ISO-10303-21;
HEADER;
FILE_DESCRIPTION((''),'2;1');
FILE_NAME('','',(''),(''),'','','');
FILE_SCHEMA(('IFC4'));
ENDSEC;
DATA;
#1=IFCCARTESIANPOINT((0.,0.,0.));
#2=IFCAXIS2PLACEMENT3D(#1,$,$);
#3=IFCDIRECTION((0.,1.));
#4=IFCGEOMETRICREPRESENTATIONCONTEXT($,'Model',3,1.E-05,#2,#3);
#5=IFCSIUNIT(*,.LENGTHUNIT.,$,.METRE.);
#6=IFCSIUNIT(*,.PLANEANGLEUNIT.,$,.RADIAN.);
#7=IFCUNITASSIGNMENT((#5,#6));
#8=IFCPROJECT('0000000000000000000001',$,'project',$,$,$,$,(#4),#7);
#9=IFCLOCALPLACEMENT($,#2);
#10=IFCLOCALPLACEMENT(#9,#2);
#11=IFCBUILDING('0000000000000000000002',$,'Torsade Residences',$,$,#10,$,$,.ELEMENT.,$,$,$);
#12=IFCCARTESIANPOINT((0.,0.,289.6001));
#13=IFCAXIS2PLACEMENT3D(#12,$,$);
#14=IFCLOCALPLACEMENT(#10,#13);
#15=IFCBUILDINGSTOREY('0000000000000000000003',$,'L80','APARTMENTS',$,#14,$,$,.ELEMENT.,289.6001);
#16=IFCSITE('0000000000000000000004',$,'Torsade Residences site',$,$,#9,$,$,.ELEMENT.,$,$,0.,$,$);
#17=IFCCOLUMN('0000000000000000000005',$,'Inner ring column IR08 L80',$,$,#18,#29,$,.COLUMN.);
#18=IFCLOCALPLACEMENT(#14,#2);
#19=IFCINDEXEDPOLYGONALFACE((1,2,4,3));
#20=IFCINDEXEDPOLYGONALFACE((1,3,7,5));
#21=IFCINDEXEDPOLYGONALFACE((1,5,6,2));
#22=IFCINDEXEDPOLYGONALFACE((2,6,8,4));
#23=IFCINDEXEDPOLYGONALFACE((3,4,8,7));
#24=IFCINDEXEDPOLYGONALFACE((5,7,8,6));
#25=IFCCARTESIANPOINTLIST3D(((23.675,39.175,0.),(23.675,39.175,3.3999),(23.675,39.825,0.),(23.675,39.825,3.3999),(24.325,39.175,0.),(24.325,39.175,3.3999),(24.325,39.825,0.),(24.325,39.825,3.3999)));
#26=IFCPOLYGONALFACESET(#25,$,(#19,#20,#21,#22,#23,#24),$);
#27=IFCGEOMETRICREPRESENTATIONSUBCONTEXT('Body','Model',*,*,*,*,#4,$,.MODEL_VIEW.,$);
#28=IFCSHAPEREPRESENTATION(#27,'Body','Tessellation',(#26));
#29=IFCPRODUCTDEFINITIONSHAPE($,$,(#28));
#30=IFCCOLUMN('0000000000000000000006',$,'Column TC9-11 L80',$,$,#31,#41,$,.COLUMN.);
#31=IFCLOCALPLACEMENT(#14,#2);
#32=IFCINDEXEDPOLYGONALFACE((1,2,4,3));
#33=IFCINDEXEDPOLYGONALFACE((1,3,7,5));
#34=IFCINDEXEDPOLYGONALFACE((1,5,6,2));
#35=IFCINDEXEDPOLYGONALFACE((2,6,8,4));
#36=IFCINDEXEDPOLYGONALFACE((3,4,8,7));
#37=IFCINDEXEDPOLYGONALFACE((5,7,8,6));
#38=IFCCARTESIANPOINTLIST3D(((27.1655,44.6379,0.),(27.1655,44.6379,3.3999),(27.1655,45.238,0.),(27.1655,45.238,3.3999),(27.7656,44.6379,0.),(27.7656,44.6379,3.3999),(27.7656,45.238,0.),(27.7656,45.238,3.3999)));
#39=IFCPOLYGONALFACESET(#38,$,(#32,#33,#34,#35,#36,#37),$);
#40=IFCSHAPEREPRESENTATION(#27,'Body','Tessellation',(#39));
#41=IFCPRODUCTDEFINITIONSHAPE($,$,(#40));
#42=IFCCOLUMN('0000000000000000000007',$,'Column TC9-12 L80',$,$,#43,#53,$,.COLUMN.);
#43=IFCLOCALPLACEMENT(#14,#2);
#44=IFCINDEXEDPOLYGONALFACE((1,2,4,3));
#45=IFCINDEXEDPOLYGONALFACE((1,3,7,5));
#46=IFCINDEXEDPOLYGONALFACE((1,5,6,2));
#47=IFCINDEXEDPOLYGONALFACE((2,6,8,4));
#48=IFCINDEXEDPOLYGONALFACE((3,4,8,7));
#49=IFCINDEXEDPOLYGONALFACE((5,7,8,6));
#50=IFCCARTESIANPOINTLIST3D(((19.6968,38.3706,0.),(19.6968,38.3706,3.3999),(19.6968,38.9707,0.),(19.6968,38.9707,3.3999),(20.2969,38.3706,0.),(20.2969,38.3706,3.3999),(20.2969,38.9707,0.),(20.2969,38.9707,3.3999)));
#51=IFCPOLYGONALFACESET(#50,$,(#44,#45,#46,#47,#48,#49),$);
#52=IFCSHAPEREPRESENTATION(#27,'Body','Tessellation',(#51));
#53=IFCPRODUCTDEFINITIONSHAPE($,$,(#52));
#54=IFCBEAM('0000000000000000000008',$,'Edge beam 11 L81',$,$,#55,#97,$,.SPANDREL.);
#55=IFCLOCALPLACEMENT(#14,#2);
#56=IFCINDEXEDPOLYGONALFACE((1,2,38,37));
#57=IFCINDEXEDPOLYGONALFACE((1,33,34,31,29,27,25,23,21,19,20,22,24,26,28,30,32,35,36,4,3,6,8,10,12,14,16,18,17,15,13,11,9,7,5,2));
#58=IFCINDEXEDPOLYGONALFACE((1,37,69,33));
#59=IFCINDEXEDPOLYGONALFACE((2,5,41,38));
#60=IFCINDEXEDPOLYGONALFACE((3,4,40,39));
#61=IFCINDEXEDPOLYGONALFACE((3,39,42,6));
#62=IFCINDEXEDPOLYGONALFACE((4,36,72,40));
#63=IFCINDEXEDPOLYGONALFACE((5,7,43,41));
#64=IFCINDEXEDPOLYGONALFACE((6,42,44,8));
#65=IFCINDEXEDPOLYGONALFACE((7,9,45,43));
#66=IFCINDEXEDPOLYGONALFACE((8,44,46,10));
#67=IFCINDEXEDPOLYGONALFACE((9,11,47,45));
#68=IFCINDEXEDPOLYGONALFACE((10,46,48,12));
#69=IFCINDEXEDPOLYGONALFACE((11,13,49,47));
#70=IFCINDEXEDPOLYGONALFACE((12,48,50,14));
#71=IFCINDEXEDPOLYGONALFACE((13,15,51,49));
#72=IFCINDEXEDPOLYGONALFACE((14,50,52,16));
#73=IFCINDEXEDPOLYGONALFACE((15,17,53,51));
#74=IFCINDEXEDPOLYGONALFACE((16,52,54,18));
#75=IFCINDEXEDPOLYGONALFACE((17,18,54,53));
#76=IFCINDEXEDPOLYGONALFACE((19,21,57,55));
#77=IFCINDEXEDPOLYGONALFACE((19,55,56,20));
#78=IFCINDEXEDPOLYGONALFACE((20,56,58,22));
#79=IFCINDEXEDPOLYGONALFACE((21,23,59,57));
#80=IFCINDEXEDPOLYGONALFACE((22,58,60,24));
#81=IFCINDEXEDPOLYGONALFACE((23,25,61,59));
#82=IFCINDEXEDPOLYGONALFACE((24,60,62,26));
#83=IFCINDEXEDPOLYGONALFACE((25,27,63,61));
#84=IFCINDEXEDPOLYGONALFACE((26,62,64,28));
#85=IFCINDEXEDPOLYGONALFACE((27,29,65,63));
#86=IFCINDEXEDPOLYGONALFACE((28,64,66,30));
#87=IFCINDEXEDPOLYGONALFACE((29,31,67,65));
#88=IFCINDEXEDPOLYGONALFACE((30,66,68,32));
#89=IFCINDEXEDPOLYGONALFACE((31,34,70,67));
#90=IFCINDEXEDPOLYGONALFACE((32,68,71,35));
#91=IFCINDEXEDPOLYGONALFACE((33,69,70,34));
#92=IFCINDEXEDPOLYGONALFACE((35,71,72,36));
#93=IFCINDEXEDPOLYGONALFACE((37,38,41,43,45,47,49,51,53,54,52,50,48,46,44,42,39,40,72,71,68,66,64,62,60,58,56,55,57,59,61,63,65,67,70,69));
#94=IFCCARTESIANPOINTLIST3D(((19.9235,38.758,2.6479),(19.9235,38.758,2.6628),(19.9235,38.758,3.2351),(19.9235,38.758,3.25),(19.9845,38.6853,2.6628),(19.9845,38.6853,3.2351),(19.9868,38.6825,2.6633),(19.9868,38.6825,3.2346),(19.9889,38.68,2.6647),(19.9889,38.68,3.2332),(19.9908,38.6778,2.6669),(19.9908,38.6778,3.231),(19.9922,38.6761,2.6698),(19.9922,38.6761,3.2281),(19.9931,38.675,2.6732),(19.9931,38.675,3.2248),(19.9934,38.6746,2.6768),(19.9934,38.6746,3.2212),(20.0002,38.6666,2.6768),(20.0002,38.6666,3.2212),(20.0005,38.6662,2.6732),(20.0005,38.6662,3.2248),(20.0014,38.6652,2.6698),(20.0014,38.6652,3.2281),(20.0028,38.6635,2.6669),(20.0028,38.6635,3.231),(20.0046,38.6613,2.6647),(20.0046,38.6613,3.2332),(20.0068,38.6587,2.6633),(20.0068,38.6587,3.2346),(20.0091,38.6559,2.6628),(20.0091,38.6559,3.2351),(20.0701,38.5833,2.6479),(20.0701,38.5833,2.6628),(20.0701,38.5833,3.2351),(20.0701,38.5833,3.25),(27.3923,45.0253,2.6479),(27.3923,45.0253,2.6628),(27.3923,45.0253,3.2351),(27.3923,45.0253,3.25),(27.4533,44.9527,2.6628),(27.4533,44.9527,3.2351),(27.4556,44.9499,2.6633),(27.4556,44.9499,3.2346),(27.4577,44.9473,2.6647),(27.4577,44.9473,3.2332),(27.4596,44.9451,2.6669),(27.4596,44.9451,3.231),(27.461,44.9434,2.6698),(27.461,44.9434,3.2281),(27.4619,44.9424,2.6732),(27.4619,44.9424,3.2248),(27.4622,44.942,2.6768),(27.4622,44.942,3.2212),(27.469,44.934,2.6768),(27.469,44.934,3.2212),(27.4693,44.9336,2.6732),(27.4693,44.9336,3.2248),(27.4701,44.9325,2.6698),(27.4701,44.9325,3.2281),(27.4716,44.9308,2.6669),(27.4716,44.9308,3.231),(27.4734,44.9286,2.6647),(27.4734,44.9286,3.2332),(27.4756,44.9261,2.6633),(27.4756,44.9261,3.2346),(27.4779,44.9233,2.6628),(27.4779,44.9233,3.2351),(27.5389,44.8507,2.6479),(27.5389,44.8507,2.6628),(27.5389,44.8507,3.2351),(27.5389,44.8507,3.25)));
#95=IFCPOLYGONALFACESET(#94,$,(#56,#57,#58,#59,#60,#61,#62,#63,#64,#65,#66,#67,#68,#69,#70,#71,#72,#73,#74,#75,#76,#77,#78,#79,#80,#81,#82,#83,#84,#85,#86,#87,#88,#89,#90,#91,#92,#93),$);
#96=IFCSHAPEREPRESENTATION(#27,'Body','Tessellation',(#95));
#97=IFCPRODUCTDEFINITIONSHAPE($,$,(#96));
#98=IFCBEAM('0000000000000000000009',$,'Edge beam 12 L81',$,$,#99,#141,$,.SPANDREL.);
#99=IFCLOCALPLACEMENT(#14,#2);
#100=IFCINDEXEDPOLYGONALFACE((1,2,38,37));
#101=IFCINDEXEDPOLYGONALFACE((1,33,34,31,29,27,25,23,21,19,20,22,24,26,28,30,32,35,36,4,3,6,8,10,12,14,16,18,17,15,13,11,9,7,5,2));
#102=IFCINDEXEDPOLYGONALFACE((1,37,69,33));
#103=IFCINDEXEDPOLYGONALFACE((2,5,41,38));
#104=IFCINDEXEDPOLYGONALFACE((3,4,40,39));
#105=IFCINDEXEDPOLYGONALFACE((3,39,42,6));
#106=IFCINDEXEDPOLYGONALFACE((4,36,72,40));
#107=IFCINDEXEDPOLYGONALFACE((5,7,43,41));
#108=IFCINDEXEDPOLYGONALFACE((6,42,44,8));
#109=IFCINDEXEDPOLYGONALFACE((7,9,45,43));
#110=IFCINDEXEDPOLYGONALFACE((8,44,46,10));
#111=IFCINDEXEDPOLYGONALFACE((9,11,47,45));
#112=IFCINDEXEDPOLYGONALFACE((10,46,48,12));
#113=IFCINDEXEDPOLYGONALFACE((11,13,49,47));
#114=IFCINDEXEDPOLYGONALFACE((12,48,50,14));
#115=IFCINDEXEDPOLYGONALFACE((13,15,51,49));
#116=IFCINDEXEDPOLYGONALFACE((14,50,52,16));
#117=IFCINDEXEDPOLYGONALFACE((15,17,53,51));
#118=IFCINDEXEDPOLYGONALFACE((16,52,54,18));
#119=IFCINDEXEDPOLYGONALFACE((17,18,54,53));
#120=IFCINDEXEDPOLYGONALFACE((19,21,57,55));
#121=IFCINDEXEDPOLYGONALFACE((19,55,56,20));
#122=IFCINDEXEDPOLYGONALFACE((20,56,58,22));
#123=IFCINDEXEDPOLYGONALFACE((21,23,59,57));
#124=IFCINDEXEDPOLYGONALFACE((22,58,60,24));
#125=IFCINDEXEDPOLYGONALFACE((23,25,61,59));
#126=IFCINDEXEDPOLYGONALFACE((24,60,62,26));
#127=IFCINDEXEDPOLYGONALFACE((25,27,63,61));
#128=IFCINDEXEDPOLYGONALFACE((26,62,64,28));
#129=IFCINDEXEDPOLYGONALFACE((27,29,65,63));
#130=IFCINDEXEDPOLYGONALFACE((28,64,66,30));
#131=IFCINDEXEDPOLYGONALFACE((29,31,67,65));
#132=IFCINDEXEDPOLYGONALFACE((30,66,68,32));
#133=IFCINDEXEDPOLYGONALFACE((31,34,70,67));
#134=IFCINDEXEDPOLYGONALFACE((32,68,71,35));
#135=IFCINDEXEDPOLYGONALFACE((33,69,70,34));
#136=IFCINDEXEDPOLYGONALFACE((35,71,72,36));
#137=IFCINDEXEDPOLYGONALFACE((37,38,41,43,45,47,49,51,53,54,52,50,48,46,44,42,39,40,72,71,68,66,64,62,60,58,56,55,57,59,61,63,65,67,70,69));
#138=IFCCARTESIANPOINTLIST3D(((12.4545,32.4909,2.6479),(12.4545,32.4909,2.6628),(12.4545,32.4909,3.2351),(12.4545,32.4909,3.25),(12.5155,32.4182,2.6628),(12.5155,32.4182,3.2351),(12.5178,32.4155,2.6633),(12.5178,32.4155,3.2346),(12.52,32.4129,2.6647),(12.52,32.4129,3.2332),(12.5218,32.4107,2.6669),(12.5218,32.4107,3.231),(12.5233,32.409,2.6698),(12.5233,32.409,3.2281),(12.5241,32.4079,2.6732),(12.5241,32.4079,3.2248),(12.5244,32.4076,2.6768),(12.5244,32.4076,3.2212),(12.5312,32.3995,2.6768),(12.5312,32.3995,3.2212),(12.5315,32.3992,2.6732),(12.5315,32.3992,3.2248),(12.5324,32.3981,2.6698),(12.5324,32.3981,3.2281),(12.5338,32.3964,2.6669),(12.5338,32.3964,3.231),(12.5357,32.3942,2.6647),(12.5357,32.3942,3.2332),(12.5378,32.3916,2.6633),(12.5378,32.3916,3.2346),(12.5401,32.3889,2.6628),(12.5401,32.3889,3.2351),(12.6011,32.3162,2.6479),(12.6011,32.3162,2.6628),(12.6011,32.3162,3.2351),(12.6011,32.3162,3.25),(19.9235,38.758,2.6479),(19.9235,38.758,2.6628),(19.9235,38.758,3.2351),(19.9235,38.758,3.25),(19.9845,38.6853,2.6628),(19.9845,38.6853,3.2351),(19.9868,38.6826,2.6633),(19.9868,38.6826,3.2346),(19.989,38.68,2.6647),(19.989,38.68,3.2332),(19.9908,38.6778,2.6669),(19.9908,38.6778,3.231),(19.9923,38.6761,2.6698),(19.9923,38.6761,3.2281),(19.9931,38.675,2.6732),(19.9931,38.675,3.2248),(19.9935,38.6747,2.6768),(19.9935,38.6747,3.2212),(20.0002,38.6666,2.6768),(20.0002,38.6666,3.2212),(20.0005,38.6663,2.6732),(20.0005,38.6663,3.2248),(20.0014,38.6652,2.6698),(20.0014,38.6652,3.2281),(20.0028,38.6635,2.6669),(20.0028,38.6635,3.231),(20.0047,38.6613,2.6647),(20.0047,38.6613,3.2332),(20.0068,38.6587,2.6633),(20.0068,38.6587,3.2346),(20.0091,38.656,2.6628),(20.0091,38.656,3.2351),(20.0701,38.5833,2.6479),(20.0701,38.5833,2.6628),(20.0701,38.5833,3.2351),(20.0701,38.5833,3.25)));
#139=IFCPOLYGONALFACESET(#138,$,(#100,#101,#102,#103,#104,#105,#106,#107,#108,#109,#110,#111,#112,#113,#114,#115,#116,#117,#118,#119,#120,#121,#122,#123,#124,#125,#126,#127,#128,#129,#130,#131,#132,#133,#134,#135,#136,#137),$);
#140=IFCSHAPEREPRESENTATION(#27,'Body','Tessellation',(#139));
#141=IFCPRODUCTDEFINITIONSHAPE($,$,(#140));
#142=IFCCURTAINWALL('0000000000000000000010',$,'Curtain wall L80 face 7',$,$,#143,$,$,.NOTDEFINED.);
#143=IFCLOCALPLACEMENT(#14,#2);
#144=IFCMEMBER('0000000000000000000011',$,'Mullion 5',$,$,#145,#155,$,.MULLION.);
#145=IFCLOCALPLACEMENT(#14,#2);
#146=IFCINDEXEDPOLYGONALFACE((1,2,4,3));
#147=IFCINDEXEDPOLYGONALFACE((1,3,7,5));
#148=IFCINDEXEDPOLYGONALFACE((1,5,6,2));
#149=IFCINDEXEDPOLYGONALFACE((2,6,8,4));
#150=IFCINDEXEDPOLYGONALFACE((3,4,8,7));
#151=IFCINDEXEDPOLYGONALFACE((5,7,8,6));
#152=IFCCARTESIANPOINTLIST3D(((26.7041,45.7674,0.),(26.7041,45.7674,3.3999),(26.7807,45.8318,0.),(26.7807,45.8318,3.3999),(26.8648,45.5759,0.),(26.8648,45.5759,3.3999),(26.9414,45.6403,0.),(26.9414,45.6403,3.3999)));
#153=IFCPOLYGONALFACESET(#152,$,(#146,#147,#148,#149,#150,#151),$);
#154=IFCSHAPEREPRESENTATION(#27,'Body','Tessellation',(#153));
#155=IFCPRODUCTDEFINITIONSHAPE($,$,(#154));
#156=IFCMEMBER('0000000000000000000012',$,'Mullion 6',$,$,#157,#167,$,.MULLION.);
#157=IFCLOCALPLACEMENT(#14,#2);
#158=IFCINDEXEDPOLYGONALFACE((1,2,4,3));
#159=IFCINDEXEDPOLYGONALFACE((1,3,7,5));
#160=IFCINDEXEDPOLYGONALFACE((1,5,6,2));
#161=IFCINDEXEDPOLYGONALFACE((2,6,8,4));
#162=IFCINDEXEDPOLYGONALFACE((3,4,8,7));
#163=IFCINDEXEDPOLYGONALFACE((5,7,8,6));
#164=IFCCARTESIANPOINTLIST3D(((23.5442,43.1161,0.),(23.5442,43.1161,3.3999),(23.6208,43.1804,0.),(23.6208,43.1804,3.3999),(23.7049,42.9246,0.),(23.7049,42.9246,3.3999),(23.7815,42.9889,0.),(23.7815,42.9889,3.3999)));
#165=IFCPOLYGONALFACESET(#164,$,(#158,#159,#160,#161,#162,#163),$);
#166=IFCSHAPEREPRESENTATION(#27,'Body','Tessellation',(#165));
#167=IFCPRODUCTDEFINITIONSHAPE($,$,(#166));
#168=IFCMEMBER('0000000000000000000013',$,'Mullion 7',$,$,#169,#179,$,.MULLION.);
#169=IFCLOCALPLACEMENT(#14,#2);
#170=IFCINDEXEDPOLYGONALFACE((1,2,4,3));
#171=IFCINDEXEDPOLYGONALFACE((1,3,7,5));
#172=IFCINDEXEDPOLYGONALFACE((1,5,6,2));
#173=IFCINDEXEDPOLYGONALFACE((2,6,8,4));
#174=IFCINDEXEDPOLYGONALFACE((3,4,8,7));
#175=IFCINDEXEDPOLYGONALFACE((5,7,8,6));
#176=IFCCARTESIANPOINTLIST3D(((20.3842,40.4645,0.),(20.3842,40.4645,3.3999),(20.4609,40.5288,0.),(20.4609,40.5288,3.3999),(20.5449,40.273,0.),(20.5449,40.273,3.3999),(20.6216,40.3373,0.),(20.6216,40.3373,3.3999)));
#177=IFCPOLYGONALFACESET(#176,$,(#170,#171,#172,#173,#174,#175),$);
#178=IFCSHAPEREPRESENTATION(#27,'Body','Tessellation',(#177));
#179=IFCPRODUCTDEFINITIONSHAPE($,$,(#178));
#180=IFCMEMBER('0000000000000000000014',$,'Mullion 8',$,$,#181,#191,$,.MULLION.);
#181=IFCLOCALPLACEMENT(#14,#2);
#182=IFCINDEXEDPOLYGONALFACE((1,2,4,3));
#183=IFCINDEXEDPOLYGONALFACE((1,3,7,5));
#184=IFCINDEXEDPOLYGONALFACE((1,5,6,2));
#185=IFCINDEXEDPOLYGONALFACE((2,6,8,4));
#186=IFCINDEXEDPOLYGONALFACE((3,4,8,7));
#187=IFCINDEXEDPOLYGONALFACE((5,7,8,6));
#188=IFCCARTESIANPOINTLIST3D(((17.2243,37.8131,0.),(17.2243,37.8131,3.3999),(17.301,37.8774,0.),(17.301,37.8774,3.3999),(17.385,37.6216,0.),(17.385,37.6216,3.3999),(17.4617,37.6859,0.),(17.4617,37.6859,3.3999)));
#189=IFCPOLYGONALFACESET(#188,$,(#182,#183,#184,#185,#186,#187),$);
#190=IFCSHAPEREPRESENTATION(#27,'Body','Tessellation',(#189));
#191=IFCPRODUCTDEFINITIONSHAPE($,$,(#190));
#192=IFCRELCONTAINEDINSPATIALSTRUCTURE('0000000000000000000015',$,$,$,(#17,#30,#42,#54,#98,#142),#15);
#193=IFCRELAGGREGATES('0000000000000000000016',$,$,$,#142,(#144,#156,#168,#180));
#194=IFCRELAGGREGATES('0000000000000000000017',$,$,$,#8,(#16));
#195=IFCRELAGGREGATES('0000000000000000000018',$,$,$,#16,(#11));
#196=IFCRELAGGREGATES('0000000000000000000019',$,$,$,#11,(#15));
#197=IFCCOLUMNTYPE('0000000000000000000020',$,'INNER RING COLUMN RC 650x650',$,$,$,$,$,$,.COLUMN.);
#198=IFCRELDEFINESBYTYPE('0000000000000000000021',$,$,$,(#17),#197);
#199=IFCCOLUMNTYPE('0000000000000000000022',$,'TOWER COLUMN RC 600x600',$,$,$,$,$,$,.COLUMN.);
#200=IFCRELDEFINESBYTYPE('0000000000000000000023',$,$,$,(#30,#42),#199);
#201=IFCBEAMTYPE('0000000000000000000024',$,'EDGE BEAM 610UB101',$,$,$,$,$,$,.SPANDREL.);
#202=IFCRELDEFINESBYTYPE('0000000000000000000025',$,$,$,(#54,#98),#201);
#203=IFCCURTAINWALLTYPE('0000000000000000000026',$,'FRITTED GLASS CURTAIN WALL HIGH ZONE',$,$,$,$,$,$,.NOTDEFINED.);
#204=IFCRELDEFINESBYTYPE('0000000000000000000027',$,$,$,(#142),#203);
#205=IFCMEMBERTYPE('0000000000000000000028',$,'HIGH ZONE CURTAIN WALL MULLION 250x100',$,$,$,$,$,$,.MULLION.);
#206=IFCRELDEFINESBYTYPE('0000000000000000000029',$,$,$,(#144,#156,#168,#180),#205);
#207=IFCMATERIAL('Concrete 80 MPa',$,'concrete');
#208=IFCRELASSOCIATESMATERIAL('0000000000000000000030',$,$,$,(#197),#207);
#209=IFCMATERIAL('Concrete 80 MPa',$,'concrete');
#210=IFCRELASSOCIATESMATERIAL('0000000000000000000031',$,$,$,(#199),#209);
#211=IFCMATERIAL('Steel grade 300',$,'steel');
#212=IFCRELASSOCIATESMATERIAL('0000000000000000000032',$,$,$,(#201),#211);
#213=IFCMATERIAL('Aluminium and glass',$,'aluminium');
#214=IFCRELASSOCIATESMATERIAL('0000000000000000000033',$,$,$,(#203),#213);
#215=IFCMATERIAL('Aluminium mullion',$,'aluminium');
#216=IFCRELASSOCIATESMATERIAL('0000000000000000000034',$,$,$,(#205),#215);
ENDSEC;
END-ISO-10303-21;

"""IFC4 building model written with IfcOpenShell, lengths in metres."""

from ifc_helpers import new_model, si_unit, direction, frame, origin, origin_2d, place, context, subcontext, project, spatial, rectangle, i_section, extrude, material, material_profile, profile_set, type_object, element, aggregate, save


model = new_model("IFC4")

# Units and contexts
model_context = context("Model", 3, precision=1e-05, world=origin(), true_north=direction((0.0, 1.0)))
body_context = subcontext(model_context, "Body", "Model", "MODEL_VIEW")
ifc_project = project(units=[si_unit("LENGTHUNIT", "METRE"), si_unit("PLANEANGLEUNIT", "RADIAN")], contexts=[model_context])

# Site, building, storey
site_placement = place(None, origin())
site = spatial("IfcSite", under=ifc_project, at=site_placement, Name="Torsade Residences site", CompositionType="ELEMENT", RefElevation=0.0)
building_placement = place(site_placement, origin())
building = spatial("IfcBuilding", under=site, at=building_placement, Name="Torsade Residences", CompositionType="ELEMENT")
storey_placement = place(building_placement, frame((0.0, 0.0, 289.6001)))
storey = spatial("IfcBuildingStorey", under=building, at=storey_placement, Name="L80", Description="APARTMENTS", CompositionType="ELEMENT", Elevation=289.6001)

# Columns
ifc_material_1 = material(Name="Concrete 80 MPa", Category="concrete")
ifc_material_profile_1 = material_profile(ifc_material_1, rectangle(XDim=0.6499, YDim=0.6499, at=origin_2d()), Name="RC 650x650")
ifc_profile_set_1 = profile_set([ifc_material_profile_1], Name="Concrete 80 MPa")
column_type_1 = type_object("IfcColumnType", Name="INNER RING COLUMN RC 650x650", PredefinedType="COLUMN", material=ifc_profile_set_1)
column_placement = place(storey_placement, frame((24.0, 39.5, 0.0), z_axis=(0.0, 0.0, 1.0), x_axis=(1.0, 0.0, 0.0)))
element("IfcColumn", 1, at=column_placement, inside=storey, type_object=column_type_1, Name="Inner ring column IR08 L80", PredefinedType="COLUMN", context=body_context, shape_type="SweptSolid", body=[
    extrude(rectangle(XDim=0.6499, YDim=0.6499, at=origin_2d()), origin(), (0.0, 0.0, 1.0), 3.3999),
])
ifc_material_2 = material(Name="Concrete 80 MPa", Category="concrete")
ifc_material_profile_2 = material_profile(ifc_material_2, rectangle(XDim=0.6001, YDim=0.6001, at=origin_2d()), Name="RC 600x600")
ifc_profile_set_2 = profile_set([ifc_material_profile_2], Name="Concrete 80 MPa")
column_type_2 = type_object("IfcColumnType", Name="TOWER COLUMN RC 600x600", PredefinedType="COLUMN", material=ifc_profile_set_2)
for number, where, z_axis, x_axis, name in (
    (2, (27.4656, 44.938, 0.0), (0.0, 0.0, 1.0), (1.0, 0.0, 0.0), "Column TC9-11 L80"),
    (3, (19.9968, 38.6707, 0.0), (0.0, 0.0, 1.0), (1.0, 0.0, 0.0), "Column TC9-12 L80"),
):
    element("IfcColumn", number, at=place(storey_placement, frame(where, z_axis=z_axis, x_axis=x_axis)), inside=storey, type_object=column_type_2, Name=name, PredefinedType="COLUMN", context=body_context, shape_type="SweptSolid", body=[
        extrude(rectangle(XDim=0.6001, YDim=0.6001, at=origin_2d()), origin(), (0.0, 0.0, 1.0), 3.3999),
    ])

# Beams
ifc_material_3 = material(Name="Steel grade 300", Category="steel")
ifc_material_profile_3 = material_profile(ifc_material_3, i_section(OverallWidth=0.228, OverallDepth=0.6021, WebThickness=0.0105, FlangeThickness=0.0149, FilletRadius=0.0139, at=origin_2d()), Name="610UB101")
ifc_profile_set_3 = profile_set([ifc_material_profile_3], Name="Steel grade 300")
beam_type_1 = type_object("IfcBeamType", Name="EDGE BEAM 610UB101", PredefinedType="SPANDREL", material=ifc_profile_set_3)
for number, where, z_axis, x_axis, name in (
    (4, (27.4656, 44.938, 2.949), (-0.766029, -0.642806, 0.0), (0.642806, -0.766029, 0.0), "Edge beam 11 L81"),
    (5, (19.9968, 38.6707, 2.949), (-0.766052, -0.642779, 0.0), (0.642779, -0.766052, 0.0), "Edge beam 12 L81"),
):
    element("IfcBeam", number, at=place(storey_placement, frame(where, z_axis=z_axis, x_axis=x_axis)), inside=storey, type_object=beam_type_1, Name=name, PredefinedType="SPANDREL", context=body_context, shape_type="SweptSolid", body=[
        extrude(i_section(OverallWidth=0.228, OverallDepth=0.6021, WebThickness=0.0105, FlangeThickness=0.0149, FilletRadius=0.0139, at=origin_2d()), origin(), (0.0, 0.0, 1.0), 9.75),
    ])

# Curtain wall, members
ifc_material_4 = material(Name="Aluminium and glass", Category="aluminium")
curtain_wall_type = type_object("IfcCurtainWallType", Name="FRITTED GLASS CURTAIN WALL HIGH ZONE", PredefinedType="NOTDEFINED", material=ifc_material_4)
curtain_wall_placement = place(storey_placement, origin())
curtain_wall = element("IfcCurtainWall", 6, at=curtain_wall_placement, inside=storey, type_object=curtain_wall_type, Name="Curtain wall L80 face 7", PredefinedType="NOTDEFINED")
ifc_material_5 = material(Name="Aluminium mullion", Category="aluminium")
ifc_material_profile_4 = material_profile(ifc_material_5, rectangle(XDim=0.25, YDim=0.1001, at=origin_2d()), Name="HIGH ZONE CURTAIN WALL MULLION 250x100")
ifc_profile_set_4 = profile_set([ifc_material_profile_4], Name="Aluminium mullion")
member_type_1 = type_object("IfcMemberType", Name="HIGH ZONE CURTAIN WALL MULLION 250x100", PredefinedType="MULLION", material=ifc_profile_set_4)
member_1_placement = place(storey_placement, frame((26.8228, 45.7039, 0.0), z_axis=(0.0, 0.0, 1.0), x_axis=(0.642788, -0.766044, 0.0)))
member_1 = element("IfcMember", 7, at=member_1_placement, type_object=member_type_1, Name="Mullion 5", PredefinedType="MULLION", context=body_context, shape_type="SweptSolid", body=[
    extrude(rectangle(XDim=0.25, YDim=0.1001, at=origin_2d()), origin(), (0.0, 0.0, 1.0), 3.3999),
])
member_2_placement = place(storey_placement, frame((23.6628, 43.0525, 0.0), z_axis=(0.0, 0.0, 1.0), x_axis=(0.642788, -0.766044, 0.0)))
member_2 = element("IfcMember", 8, at=member_2_placement, type_object=member_type_1, Name="Mullion 6", PredefinedType="MULLION", context=body_context, shape_type="SweptSolid", body=[
    extrude(rectangle(XDim=0.25, YDim=0.1001, at=origin_2d()), origin(), (0.0, 0.0, 1.0), 3.3999),
])
member_3_placement = place(storey_placement, frame((20.5029, 40.4009, 0.0), z_axis=(0.0, 0.0, 1.0), x_axis=(0.642788, -0.766044, 0.0)))
member_3 = element("IfcMember", 9, at=member_3_placement, type_object=member_type_1, Name="Mullion 7", PredefinedType="MULLION", context=body_context, shape_type="SweptSolid", body=[
    extrude(rectangle(XDim=0.25, YDim=0.1001, at=origin_2d()), origin(), (0.0, 0.0, 1.0), 3.3999),
])
member_4_placement = place(storey_placement, frame((17.343, 37.7495, 0.0), z_axis=(0.0, 0.0, 1.0), x_axis=(0.642788, -0.766044, 0.0)))
member_4 = element("IfcMember", 10, at=member_4_placement, type_object=member_type_1, Name="Mullion 8", PredefinedType="MULLION", context=body_context, shape_type="SweptSolid", body=[
    extrude(rectangle(XDim=0.25, YDim=0.1001, at=origin_2d()), origin(), (0.0, 0.0, 1.0), 3.3999),
])

aggregate(curtain_wall, [member_1, member_2, member_3, member_4])

save(model, "model.ifc")
